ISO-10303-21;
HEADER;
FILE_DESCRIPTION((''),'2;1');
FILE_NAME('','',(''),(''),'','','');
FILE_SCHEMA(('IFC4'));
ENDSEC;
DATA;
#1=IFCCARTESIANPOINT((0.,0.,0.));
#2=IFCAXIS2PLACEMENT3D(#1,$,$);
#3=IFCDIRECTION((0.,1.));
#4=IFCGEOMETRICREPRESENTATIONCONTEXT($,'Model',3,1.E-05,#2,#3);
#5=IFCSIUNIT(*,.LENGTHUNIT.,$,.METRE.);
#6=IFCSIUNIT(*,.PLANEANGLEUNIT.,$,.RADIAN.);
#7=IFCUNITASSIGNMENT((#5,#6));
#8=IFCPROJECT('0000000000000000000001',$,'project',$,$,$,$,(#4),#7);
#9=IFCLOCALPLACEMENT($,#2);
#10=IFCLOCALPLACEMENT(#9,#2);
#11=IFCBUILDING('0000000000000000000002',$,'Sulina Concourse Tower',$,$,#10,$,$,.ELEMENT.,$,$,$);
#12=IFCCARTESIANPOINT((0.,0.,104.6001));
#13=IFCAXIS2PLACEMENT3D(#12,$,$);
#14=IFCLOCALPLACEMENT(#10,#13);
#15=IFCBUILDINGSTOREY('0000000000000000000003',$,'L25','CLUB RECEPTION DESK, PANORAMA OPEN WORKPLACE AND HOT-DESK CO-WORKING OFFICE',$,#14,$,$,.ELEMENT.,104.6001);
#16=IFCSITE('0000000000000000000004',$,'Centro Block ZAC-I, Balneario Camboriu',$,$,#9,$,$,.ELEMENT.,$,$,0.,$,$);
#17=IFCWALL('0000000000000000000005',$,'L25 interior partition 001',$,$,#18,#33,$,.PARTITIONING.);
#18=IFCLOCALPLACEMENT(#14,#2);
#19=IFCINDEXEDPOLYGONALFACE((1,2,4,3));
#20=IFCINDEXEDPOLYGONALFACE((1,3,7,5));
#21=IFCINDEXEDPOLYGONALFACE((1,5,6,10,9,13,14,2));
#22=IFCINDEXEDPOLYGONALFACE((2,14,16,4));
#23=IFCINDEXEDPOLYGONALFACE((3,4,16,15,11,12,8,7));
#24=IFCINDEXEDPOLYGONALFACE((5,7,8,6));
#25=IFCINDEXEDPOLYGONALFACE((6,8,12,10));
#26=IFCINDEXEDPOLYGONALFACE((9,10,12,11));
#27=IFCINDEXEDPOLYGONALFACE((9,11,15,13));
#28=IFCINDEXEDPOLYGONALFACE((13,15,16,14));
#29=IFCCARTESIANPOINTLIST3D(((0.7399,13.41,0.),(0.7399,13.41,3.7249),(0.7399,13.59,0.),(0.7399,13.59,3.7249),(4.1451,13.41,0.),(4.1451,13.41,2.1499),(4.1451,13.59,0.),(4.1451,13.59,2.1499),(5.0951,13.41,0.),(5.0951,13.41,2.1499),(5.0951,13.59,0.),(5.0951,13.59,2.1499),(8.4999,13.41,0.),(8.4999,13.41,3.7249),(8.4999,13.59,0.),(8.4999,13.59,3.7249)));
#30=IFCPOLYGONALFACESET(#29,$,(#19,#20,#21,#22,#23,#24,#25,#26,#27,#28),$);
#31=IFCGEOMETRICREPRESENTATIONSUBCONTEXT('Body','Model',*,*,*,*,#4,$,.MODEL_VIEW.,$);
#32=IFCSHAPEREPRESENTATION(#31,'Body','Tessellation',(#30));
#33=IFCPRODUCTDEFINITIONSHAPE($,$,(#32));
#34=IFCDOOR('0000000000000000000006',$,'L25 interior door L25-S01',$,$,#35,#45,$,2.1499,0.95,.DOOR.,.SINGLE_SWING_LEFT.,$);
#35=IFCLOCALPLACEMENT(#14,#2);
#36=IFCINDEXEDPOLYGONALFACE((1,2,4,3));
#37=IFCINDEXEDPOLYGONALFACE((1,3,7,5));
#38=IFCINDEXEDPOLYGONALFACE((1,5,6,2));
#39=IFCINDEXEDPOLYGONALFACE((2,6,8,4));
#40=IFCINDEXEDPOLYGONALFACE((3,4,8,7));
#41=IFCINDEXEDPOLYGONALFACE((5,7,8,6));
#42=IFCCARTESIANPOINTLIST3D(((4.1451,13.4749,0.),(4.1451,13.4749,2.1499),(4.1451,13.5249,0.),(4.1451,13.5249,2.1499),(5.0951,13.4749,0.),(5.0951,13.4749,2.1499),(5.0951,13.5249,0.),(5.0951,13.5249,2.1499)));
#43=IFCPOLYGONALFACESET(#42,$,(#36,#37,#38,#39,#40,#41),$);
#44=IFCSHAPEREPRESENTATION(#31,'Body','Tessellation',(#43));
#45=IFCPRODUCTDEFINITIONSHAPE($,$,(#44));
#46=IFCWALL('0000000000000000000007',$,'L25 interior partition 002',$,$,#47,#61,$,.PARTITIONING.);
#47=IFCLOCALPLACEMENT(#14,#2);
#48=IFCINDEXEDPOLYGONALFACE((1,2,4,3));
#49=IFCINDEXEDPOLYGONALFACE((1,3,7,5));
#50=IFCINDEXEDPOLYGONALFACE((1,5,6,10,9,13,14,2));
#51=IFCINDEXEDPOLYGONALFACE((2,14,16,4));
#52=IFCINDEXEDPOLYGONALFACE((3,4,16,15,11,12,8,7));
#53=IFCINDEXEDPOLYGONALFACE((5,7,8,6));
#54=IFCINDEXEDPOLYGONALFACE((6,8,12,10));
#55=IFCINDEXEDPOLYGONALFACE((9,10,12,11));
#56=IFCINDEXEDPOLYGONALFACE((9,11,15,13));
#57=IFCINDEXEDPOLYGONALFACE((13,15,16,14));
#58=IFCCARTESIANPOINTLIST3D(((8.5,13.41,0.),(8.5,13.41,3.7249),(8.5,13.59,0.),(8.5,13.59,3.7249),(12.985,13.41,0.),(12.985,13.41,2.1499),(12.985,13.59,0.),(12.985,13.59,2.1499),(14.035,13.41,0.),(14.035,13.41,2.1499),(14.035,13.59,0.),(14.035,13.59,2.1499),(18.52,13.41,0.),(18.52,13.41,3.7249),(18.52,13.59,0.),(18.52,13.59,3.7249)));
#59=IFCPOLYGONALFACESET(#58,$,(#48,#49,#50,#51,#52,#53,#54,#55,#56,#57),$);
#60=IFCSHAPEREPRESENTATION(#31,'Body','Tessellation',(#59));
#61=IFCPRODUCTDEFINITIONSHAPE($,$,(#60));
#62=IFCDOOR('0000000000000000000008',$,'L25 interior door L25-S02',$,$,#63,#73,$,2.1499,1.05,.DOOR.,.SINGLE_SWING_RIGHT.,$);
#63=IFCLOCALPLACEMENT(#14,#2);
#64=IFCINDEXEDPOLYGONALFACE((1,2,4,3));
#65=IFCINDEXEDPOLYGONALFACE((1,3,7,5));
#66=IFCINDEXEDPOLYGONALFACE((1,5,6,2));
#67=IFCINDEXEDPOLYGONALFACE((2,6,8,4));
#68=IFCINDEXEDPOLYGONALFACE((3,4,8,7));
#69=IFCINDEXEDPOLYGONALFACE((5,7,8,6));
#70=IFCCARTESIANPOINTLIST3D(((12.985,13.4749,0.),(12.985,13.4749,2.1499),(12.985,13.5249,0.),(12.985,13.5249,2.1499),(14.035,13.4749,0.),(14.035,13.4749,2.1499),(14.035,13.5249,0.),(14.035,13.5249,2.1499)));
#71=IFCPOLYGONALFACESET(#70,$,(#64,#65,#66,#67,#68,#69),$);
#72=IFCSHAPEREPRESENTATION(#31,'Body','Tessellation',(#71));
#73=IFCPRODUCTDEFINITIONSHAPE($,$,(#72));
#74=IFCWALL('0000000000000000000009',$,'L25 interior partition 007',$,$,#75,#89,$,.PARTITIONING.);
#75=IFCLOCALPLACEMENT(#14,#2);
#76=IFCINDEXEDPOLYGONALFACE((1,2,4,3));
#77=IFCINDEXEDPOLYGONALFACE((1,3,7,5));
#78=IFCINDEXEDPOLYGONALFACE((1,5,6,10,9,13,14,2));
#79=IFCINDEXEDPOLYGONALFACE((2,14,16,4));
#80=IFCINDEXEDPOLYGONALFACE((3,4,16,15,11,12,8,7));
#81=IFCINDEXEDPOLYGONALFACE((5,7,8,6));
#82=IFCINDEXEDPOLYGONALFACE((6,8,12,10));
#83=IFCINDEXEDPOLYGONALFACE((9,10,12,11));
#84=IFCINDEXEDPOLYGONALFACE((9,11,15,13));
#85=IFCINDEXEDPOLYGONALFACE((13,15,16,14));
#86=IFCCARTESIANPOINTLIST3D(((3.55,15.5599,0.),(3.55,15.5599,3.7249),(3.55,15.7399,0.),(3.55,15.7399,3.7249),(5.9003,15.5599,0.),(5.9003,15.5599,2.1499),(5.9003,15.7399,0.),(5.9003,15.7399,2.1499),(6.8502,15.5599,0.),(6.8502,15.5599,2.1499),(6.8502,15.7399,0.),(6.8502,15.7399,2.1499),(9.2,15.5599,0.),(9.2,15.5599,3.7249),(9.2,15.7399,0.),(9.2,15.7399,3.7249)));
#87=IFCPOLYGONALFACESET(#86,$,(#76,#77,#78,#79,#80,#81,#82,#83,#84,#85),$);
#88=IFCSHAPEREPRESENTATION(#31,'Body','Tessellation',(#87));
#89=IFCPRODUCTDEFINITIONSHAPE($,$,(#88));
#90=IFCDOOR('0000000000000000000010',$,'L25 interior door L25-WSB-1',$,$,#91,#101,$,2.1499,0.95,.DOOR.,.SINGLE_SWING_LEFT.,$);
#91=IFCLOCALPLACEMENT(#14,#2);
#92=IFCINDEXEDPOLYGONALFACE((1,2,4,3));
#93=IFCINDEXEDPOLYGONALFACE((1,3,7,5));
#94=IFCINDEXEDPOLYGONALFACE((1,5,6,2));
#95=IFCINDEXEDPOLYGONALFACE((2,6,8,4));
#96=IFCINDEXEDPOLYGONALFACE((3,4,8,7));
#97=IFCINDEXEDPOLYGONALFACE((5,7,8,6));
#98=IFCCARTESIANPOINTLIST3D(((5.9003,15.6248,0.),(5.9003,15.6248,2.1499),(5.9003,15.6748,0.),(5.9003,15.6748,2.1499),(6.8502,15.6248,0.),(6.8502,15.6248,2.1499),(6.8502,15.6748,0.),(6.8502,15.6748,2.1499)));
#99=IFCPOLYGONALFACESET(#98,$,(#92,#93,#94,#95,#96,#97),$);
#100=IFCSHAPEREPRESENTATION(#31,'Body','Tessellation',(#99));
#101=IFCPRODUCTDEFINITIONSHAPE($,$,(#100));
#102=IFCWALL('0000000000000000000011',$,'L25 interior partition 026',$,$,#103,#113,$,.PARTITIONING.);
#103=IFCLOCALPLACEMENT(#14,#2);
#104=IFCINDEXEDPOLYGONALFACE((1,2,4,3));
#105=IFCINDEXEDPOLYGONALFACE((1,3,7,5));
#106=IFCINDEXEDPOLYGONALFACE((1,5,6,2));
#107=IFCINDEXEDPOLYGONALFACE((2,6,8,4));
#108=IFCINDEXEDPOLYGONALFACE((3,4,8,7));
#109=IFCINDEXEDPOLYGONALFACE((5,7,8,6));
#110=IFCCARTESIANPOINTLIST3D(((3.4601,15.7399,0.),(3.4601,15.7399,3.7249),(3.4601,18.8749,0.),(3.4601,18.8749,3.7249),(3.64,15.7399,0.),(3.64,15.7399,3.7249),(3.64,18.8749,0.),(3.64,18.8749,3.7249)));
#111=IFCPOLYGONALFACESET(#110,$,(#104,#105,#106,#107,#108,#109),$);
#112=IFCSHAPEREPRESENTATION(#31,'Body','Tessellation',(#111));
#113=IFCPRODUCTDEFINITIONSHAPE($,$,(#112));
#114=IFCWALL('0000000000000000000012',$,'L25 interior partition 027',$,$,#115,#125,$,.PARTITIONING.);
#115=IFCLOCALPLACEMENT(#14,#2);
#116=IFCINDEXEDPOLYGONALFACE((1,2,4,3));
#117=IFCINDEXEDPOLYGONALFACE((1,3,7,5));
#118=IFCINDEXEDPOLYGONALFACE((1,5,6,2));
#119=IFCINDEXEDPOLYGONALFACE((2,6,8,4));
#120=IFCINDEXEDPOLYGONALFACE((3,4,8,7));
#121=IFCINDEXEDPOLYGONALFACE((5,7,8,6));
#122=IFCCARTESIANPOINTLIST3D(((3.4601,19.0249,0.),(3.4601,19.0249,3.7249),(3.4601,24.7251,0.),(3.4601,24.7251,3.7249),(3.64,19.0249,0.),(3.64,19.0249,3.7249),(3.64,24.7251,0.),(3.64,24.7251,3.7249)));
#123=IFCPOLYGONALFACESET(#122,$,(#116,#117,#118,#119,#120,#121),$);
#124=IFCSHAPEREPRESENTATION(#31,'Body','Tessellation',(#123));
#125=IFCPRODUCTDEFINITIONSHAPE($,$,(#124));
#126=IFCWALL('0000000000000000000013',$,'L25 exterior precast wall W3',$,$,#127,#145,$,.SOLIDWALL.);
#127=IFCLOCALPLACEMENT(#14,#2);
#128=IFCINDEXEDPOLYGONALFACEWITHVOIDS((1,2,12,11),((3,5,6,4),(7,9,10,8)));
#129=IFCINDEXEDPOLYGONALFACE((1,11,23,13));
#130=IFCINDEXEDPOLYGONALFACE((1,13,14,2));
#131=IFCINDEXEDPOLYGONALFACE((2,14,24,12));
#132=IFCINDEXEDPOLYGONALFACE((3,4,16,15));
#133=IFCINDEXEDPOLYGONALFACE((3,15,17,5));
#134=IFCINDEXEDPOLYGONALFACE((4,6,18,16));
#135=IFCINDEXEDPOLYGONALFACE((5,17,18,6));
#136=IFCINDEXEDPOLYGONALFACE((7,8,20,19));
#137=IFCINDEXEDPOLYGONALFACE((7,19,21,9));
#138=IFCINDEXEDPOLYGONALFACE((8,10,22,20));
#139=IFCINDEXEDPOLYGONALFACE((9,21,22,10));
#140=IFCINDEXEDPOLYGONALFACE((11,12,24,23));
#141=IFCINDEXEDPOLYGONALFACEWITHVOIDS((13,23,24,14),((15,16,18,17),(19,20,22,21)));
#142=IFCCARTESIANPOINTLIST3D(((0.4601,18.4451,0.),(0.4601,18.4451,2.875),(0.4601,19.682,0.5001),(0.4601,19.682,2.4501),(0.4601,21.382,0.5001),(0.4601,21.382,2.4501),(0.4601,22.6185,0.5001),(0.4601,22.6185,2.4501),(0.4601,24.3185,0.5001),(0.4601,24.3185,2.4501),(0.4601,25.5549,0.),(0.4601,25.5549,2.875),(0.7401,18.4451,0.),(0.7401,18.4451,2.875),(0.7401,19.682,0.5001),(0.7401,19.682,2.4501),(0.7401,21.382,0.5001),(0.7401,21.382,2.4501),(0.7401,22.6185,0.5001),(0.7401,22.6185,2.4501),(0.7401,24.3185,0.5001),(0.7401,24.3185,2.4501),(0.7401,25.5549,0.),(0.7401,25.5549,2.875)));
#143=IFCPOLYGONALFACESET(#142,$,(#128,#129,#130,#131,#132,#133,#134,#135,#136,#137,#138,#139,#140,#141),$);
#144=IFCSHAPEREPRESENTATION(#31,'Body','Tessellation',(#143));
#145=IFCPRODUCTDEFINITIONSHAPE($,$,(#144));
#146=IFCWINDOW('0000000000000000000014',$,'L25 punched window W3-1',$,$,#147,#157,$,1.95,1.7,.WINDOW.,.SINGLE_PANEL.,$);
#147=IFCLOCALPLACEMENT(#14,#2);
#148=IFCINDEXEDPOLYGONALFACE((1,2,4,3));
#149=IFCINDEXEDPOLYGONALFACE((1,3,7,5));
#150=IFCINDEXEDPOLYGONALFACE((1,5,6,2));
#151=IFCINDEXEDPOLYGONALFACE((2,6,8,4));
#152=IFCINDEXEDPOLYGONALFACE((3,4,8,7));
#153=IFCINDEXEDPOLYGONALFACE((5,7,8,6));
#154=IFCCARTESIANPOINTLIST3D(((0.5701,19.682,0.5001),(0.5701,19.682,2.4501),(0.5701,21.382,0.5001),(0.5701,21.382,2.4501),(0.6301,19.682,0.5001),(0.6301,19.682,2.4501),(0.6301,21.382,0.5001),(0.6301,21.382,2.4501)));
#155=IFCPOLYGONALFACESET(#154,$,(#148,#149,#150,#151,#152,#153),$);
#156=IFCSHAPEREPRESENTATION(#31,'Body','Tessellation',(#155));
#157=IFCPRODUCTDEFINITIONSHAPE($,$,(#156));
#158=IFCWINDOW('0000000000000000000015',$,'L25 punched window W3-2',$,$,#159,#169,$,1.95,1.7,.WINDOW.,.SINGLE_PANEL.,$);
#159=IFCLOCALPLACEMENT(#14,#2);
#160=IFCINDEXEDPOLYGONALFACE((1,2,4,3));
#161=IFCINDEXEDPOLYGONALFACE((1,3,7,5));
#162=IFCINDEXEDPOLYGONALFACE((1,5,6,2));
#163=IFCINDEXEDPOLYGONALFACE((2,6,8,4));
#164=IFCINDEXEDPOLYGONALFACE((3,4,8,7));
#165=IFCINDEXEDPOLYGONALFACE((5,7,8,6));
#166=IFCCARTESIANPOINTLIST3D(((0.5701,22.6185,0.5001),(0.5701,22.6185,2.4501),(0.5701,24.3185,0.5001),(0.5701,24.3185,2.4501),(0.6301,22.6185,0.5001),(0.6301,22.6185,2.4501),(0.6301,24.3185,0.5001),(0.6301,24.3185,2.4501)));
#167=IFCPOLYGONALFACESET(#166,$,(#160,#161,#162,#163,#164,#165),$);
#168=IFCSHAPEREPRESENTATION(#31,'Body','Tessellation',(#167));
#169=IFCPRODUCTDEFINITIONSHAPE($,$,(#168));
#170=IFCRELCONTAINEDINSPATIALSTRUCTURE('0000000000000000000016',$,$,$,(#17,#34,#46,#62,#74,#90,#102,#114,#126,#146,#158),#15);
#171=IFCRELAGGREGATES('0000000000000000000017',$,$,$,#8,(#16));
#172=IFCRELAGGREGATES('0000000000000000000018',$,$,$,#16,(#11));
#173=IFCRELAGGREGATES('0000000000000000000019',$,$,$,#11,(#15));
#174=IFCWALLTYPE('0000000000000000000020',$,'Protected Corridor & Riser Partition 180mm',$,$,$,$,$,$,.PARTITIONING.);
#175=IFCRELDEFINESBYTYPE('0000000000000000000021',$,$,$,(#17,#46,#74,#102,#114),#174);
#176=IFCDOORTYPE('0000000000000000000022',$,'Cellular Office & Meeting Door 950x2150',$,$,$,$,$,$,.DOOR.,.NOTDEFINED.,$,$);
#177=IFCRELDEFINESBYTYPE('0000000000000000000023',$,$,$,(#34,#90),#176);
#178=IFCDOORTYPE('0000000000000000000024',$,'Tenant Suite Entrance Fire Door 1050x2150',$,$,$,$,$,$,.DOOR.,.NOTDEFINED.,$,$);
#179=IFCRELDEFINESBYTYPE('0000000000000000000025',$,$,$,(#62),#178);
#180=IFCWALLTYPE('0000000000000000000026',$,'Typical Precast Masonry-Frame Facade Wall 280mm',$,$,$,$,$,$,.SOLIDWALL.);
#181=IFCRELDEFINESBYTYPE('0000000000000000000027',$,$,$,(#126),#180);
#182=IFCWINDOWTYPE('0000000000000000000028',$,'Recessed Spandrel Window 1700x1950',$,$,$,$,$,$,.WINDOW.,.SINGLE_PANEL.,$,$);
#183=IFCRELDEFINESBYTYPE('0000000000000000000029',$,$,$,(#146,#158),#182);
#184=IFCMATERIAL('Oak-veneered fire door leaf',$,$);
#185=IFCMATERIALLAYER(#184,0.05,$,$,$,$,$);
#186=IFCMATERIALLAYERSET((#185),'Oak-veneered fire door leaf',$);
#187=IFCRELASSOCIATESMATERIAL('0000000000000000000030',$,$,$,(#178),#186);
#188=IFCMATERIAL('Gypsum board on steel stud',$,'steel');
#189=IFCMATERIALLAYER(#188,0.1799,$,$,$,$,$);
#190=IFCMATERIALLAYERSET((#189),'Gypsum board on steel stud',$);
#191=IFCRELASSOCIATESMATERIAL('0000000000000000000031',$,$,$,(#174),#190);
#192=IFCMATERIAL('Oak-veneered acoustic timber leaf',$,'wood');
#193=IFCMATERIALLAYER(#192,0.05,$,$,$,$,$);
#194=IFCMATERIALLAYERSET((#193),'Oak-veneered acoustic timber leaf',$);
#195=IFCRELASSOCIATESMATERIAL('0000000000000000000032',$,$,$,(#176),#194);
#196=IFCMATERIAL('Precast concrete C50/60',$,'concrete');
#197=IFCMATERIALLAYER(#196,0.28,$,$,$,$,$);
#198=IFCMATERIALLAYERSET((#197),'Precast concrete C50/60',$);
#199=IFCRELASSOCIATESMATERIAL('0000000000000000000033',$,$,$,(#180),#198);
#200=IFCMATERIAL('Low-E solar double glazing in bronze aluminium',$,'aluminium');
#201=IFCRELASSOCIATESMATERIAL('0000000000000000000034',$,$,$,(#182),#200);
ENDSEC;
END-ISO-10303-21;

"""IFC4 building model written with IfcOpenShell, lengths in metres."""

from ifc_helpers import new_model, si_unit, direction, frame, frame_2d, origin, place, context, subcontext, project, spatial, rectangle, extrude, material, layer, layer_set, type_object, element, fill, save


model = new_model("IFC4")

# Units and contexts
model_context = context("Model", 3, precision=1e-05, world=origin(), true_north=direction((0.0, 1.0)))
body_context = subcontext(model_context, "Body", "Model", "MODEL_VIEW")
ifc_project = project(units=[si_unit("LENGTHUNIT", "METRE"), si_unit("PLANEANGLEUNIT", "RADIAN")], contexts=[model_context])

# Site, building, storey
site_placement = place(None, origin())
site = spatial("IfcSite", under=ifc_project, at=site_placement, Name="Centro Block ZAC-I, Balneario Camboriu", CompositionType="ELEMENT", RefElevation=0.0)
building_placement = place(site_placement, origin())
building = spatial("IfcBuilding", under=site, at=building_placement, Name="Sulina Concourse Tower", CompositionType="ELEMENT")
storey_placement = place(building_placement, frame((0.0, 0.0, 104.6001)))
storey = spatial("IfcBuildingStorey", under=building, at=storey_placement, Name="L25", Description="CLUB RECEPTION DESK, PANORAMA OPEN WORKPLACE AND HOT-DESK CO-WORKING OFFICE", CompositionType="ELEMENT", Elevation=104.6001)

# Walls, openings, doors
ifc_material_1 = material(Name="Oak-veneered fire door leaf")
ifc_layer_1 = layer(ifc_material_1, 0.05)
ifc_layer_set_1 = layer_set([ifc_layer_1], Name="Oak-veneered fire door leaf")
door_type_1 = type_object("IfcDoorType", Name="Tenant Suite Entrance Fire Door 1050x2150", OperationType="NOTDEFINED", PredefinedType="DOOR", material=ifc_layer_set_1)
ifc_material_2 = material(Name="Gypsum board on steel stud", Category="steel")
ifc_layer_2 = layer(ifc_material_2, 0.1799)
ifc_layer_set_2 = layer_set([ifc_layer_2], Name="Gypsum board on steel stud")
wall_type_1 = type_object("IfcWallType", Name="Protected Corridor & Riser Partition 180mm", PredefinedType="PARTITIONING", material=ifc_layer_set_2)
wall_1_placement = place(storey_placement, frame((0.74, 13.5, 0.0), z_axis=(0.0, 0.0, 1.0), x_axis=(1.0, 0.0, 0.0)))
wall_1 = element("IfcWall", 1, at=wall_1_placement, inside=storey, type_object=wall_type_1, Name="L25 interior partition 001", PredefinedType="PARTITIONING", context=body_context, shape_type="SweptSolid", body=[
    extrude(rectangle(XDim=7.76, YDim=0.1799, at=frame_2d((3.8799, 0.0))), origin(), (0.0, 0.0, 1.0), 3.7249),
])
opening_1_placement = place(wall_1_placement, frame((3.405, 0.0, 0.0)))
opening_1 = element("IfcOpeningElement", 2, at=opening_1_placement, cuts=wall_1, PredefinedType="OPENING", context=body_context, shape_type="SweptSolid", body=[
    extrude(rectangle(XDim=0.95, YDim=2.1499, at=frame_2d((0.4751, 1.075))), frame((0.0, 0.0999, 0.0), z_axis=(0.0, -1.0, 0.0), x_axis=(1.0, 0.0, 0.0)), (0.0, 0.0, 1.0), 0.2),
])
ifc_material_3 = material(Name="Oak-veneered acoustic timber leaf", Category="wood")
ifc_layer_3 = layer(ifc_material_3, 0.05)
ifc_layer_set_3 = layer_set([ifc_layer_3], Name="Oak-veneered acoustic timber leaf")
door_type_2 = type_object("IfcDoorType", Name="Cellular Office & Meeting Door 950x2150", OperationType="NOTDEFINED", PredefinedType="DOOR", material=ifc_layer_set_3)
door_1_placement = place(opening_1_placement, origin())
door_1 = element("IfcDoor", 3, at=door_1_placement, inside=storey, type_object=door_type_2, Name="L25 interior door L25-S01", OperationType="SINGLE_SWING_LEFT", OverallHeight=2.1499, OverallWidth=0.95, PredefinedType="DOOR", context=body_context, shape_type="SweptSolid", body=[
    extrude(rectangle(XDim=0.95, YDim=2.1499, at=frame_2d((0.4751, 1.075))), frame((0.0, 0.0249, 0.0), z_axis=(0.0, -1.0, 0.0), x_axis=(1.0, 0.0, 0.0)), (0.0, 0.0, 1.0), 0.05),
])
fill(opening_1, door_1)
wall_2_placement = place(storey_placement, frame((8.5, 13.5, 0.0), z_axis=(0.0, 0.0, 1.0), x_axis=(1.0, 0.0, 0.0)))
wall_2 = element("IfcWall", 4, at=wall_2_placement, inside=storey, type_object=wall_type_1, Name="L25 interior partition 002", PredefinedType="PARTITIONING", context=body_context, shape_type="SweptSolid", body=[
    extrude(rectangle(XDim=10.02, YDim=0.1799, at=frame_2d((5.01, 0.0))), origin(), (0.0, 0.0, 1.0), 3.7249),
])
opening_2_placement = place(wall_2_placement, frame((4.4851, 0.0, 0.0)))
opening_2 = element("IfcOpeningElement", 5, at=opening_2_placement, cuts=wall_2, PredefinedType="OPENING", context=body_context, shape_type="SweptSolid", body=[
    extrude(rectangle(XDim=1.05, YDim=2.1499, at=frame_2d((0.5249, 1.075))), frame((0.0, 0.0999, 0.0), z_axis=(0.0, -1.0, 0.0), x_axis=(1.0, 0.0, 0.0)), (0.0, 0.0, 1.0), 0.2),
])
door_2_placement = place(opening_2_placement, origin())
door_2 = element("IfcDoor", 6, at=door_2_placement, inside=storey, type_object=door_type_1, Name="L25 interior door L25-S02", OperationType="SINGLE_SWING_RIGHT", OverallHeight=2.1499, OverallWidth=1.05, PredefinedType="DOOR", context=body_context, shape_type="SweptSolid", body=[
    extrude(rectangle(XDim=1.05, YDim=2.1499, at=frame_2d((0.5249, 1.075))), frame((0.0, 0.0249, 0.0), z_axis=(0.0, -1.0, 0.0), x_axis=(1.0, 0.0, 0.0)), (0.0, 0.0, 1.0), 0.05),
])
fill(opening_2, door_2)
wall_3_placement = place(storey_placement, frame((3.55, 15.6499, 0.0), z_axis=(0.0, 0.0, 1.0), x_axis=(1.0, 0.0, 0.0)))
wall_3 = element("IfcWall", 7, at=wall_3_placement, inside=storey, type_object=wall_type_1, Name="L25 interior partition 007", PredefinedType="PARTITIONING", context=body_context, shape_type="SweptSolid", body=[
    extrude(rectangle(XDim=5.6499, YDim=0.1799, at=frame_2d((2.825, 0.0))), origin(), (0.0, 0.0, 1.0), 3.7249),
])
opening_3_placement = place(wall_3_placement, frame((2.3501, 0.0, 0.0)))
opening_3 = element("IfcOpeningElement", 8, at=opening_3_placement, cuts=wall_3, PredefinedType="OPENING", context=body_context, shape_type="SweptSolid", body=[
    extrude(rectangle(XDim=0.95, YDim=2.1499, at=frame_2d((0.4751, 1.075))), frame((0.0, 0.0999, 0.0), z_axis=(0.0, -1.0, 0.0), x_axis=(1.0, 0.0, 0.0)), (0.0, 0.0, 1.0), 0.2),
])
door_3_placement = place(opening_3_placement, origin())
door_3 = element("IfcDoor", 9, at=door_3_placement, inside=storey, type_object=door_type_2, Name="L25 interior door L25-WSB-1", OperationType="SINGLE_SWING_LEFT", OverallHeight=2.1499, OverallWidth=0.95, PredefinedType="DOOR", context=body_context, shape_type="SweptSolid", body=[
    extrude(rectangle(XDim=0.95, YDim=2.1499, at=frame_2d((0.4751, 1.075))), frame((0.0, 0.0249, 0.0), z_axis=(0.0, -1.0, 0.0), x_axis=(1.0, 0.0, 0.0)), (0.0, 0.0, 1.0), 0.05),
])
fill(opening_3, door_3)

# Walls
wall_4_placement = place(storey_placement, frame((3.55, 15.74, 0.0), z_axis=(0.0, 0.0, 1.0), x_axis=(0.0, 1.0, 0.0)))
element("IfcWall", 10, at=wall_4_placement, inside=storey, type_object=wall_type_1, Name="L25 interior partition 026", PredefinedType="PARTITIONING", context=body_context, shape_type="SweptSolid", body=[
    extrude(rectangle(XDim=3.135, YDim=0.1799, at=frame_2d((1.5674, 0.0))), origin(), (0.0, 0.0, 1.0), 3.7249),
])
wall_5_placement = place(storey_placement, frame((3.55, 19.0249, 0.0), z_axis=(0.0, 0.0, 1.0), x_axis=(0.0, 1.0, 0.0)))
element("IfcWall", 11, at=wall_5_placement, inside=storey, type_object=wall_type_1, Name="L25 interior partition 027", PredefinedType="PARTITIONING", context=body_context, shape_type="SweptSolid", body=[
    extrude(rectangle(XDim=5.7002, YDim=0.1799, at=frame_2d((2.8501, 0.0))), origin(), (0.0, 0.0, 1.0), 3.7249),
])

# Wall, openings, windows
ifc_material_4 = material(Name="Precast concrete C50/60", Category="concrete")
ifc_layer_4 = layer(ifc_material_4, 0.28)
ifc_layer_set_4 = layer_set([ifc_layer_4], Name="Precast concrete C50/60")
wall_type_2 = type_object("IfcWallType", Name="Typical Precast Masonry-Frame Facade Wall 280mm", PredefinedType="SOLIDWALL", material=ifc_layer_set_4)
wall_6_placement = place(storey_placement, frame((0.6001, 18.4451, 0.0), z_axis=(0.0, 0.0, 1.0), x_axis=(0.0, 1.0, 0.0)))
wall_6 = element("IfcWall", 12, at=wall_6_placement, inside=storey, type_object=wall_type_2, Name="L25 exterior precast wall W3", PredefinedType="SOLIDWALL", context=body_context, shape_type="SweptSolid", body=[
    extrude(rectangle(XDim=7.1099, YDim=0.28, at=frame_2d((3.5549, 0.0))), origin(), (0.0, 0.0, 1.0), 2.875),
])
opening_4_placement = place(wall_6_placement, frame((1.2368, 0.0, 0.5)))
opening_4 = element("IfcOpeningElement", 13, at=opening_4_placement, cuts=wall_6, PredefinedType="OPENING", context=body_context, shape_type="SweptSolid", body=[
    extrude(rectangle(XDim=1.7, YDim=1.95, at=frame_2d((0.8501, 0.9751))), frame((0.0, 0.1499, 0.0), z_axis=(0.0, -1.0, 0.0), x_axis=(1.0, 0.0, 0.0)), (0.0, 0.0, 1.0), 0.3),
])
opening_5_placement = place(wall_6_placement, frame((4.1733, 0.0, 0.5)))
opening_5 = element("IfcOpeningElement", 14, at=opening_5_placement, cuts=wall_6, PredefinedType="OPENING", context=body_context, shape_type="SweptSolid", body=[
    extrude(rectangle(XDim=1.7, YDim=1.95, at=frame_2d((0.8501, 0.9751))), frame((0.0, 0.1499, 0.0), z_axis=(0.0, -1.0, 0.0), x_axis=(1.0, 0.0, 0.0)), (0.0, 0.0, 1.0), 0.3),
])
ifc_material_5 = material(Name="Low-E solar double glazing in bronze aluminium", Category="aluminium")
window_type = type_object("IfcWindowType", Name="Recessed Spandrel Window 1700x1950", PartitioningType="SINGLE_PANEL", PredefinedType="WINDOW", material=ifc_material_5)
window_1_placement = place(opening_4_placement, origin())
window_1 = element("IfcWindow", 15, at=window_1_placement, inside=storey, type_object=window_type, Name="L25 punched window W3-1", OverallHeight=1.95, OverallWidth=1.7, PartitioningType="SINGLE_PANEL", PredefinedType="WINDOW", context=body_context, shape_type="SweptSolid", body=[
    extrude(rectangle(XDim=1.7, YDim=1.95, at=frame_2d((0.8501, 0.9751))), frame((0.0, 0.03, 0.0), z_axis=(0.0, -1.0, 0.0), x_axis=(1.0, 0.0, 0.0)), (0.0, 0.0, 1.0), 0.0601),
])
fill(opening_4, window_1)
window_2_placement = place(opening_5_placement, origin())
window_2 = element("IfcWindow", 16, at=window_2_placement, inside=storey, type_object=window_type, Name="L25 punched window W3-2", OverallHeight=1.95, OverallWidth=1.7, PartitioningType="SINGLE_PANEL", PredefinedType="WINDOW", context=body_context, shape_type="SweptSolid", body=[
    extrude(rectangle(XDim=1.7, YDim=1.95, at=frame_2d((0.8501, 0.9751))), frame((0.0, 0.03, 0.0), z_axis=(0.0, -1.0, 0.0), x_axis=(1.0, 0.0, 0.0)), (0.0, 0.0, 1.0), 0.0601),
])
fill(opening_5, window_2)

save(model, "model.ifc")
